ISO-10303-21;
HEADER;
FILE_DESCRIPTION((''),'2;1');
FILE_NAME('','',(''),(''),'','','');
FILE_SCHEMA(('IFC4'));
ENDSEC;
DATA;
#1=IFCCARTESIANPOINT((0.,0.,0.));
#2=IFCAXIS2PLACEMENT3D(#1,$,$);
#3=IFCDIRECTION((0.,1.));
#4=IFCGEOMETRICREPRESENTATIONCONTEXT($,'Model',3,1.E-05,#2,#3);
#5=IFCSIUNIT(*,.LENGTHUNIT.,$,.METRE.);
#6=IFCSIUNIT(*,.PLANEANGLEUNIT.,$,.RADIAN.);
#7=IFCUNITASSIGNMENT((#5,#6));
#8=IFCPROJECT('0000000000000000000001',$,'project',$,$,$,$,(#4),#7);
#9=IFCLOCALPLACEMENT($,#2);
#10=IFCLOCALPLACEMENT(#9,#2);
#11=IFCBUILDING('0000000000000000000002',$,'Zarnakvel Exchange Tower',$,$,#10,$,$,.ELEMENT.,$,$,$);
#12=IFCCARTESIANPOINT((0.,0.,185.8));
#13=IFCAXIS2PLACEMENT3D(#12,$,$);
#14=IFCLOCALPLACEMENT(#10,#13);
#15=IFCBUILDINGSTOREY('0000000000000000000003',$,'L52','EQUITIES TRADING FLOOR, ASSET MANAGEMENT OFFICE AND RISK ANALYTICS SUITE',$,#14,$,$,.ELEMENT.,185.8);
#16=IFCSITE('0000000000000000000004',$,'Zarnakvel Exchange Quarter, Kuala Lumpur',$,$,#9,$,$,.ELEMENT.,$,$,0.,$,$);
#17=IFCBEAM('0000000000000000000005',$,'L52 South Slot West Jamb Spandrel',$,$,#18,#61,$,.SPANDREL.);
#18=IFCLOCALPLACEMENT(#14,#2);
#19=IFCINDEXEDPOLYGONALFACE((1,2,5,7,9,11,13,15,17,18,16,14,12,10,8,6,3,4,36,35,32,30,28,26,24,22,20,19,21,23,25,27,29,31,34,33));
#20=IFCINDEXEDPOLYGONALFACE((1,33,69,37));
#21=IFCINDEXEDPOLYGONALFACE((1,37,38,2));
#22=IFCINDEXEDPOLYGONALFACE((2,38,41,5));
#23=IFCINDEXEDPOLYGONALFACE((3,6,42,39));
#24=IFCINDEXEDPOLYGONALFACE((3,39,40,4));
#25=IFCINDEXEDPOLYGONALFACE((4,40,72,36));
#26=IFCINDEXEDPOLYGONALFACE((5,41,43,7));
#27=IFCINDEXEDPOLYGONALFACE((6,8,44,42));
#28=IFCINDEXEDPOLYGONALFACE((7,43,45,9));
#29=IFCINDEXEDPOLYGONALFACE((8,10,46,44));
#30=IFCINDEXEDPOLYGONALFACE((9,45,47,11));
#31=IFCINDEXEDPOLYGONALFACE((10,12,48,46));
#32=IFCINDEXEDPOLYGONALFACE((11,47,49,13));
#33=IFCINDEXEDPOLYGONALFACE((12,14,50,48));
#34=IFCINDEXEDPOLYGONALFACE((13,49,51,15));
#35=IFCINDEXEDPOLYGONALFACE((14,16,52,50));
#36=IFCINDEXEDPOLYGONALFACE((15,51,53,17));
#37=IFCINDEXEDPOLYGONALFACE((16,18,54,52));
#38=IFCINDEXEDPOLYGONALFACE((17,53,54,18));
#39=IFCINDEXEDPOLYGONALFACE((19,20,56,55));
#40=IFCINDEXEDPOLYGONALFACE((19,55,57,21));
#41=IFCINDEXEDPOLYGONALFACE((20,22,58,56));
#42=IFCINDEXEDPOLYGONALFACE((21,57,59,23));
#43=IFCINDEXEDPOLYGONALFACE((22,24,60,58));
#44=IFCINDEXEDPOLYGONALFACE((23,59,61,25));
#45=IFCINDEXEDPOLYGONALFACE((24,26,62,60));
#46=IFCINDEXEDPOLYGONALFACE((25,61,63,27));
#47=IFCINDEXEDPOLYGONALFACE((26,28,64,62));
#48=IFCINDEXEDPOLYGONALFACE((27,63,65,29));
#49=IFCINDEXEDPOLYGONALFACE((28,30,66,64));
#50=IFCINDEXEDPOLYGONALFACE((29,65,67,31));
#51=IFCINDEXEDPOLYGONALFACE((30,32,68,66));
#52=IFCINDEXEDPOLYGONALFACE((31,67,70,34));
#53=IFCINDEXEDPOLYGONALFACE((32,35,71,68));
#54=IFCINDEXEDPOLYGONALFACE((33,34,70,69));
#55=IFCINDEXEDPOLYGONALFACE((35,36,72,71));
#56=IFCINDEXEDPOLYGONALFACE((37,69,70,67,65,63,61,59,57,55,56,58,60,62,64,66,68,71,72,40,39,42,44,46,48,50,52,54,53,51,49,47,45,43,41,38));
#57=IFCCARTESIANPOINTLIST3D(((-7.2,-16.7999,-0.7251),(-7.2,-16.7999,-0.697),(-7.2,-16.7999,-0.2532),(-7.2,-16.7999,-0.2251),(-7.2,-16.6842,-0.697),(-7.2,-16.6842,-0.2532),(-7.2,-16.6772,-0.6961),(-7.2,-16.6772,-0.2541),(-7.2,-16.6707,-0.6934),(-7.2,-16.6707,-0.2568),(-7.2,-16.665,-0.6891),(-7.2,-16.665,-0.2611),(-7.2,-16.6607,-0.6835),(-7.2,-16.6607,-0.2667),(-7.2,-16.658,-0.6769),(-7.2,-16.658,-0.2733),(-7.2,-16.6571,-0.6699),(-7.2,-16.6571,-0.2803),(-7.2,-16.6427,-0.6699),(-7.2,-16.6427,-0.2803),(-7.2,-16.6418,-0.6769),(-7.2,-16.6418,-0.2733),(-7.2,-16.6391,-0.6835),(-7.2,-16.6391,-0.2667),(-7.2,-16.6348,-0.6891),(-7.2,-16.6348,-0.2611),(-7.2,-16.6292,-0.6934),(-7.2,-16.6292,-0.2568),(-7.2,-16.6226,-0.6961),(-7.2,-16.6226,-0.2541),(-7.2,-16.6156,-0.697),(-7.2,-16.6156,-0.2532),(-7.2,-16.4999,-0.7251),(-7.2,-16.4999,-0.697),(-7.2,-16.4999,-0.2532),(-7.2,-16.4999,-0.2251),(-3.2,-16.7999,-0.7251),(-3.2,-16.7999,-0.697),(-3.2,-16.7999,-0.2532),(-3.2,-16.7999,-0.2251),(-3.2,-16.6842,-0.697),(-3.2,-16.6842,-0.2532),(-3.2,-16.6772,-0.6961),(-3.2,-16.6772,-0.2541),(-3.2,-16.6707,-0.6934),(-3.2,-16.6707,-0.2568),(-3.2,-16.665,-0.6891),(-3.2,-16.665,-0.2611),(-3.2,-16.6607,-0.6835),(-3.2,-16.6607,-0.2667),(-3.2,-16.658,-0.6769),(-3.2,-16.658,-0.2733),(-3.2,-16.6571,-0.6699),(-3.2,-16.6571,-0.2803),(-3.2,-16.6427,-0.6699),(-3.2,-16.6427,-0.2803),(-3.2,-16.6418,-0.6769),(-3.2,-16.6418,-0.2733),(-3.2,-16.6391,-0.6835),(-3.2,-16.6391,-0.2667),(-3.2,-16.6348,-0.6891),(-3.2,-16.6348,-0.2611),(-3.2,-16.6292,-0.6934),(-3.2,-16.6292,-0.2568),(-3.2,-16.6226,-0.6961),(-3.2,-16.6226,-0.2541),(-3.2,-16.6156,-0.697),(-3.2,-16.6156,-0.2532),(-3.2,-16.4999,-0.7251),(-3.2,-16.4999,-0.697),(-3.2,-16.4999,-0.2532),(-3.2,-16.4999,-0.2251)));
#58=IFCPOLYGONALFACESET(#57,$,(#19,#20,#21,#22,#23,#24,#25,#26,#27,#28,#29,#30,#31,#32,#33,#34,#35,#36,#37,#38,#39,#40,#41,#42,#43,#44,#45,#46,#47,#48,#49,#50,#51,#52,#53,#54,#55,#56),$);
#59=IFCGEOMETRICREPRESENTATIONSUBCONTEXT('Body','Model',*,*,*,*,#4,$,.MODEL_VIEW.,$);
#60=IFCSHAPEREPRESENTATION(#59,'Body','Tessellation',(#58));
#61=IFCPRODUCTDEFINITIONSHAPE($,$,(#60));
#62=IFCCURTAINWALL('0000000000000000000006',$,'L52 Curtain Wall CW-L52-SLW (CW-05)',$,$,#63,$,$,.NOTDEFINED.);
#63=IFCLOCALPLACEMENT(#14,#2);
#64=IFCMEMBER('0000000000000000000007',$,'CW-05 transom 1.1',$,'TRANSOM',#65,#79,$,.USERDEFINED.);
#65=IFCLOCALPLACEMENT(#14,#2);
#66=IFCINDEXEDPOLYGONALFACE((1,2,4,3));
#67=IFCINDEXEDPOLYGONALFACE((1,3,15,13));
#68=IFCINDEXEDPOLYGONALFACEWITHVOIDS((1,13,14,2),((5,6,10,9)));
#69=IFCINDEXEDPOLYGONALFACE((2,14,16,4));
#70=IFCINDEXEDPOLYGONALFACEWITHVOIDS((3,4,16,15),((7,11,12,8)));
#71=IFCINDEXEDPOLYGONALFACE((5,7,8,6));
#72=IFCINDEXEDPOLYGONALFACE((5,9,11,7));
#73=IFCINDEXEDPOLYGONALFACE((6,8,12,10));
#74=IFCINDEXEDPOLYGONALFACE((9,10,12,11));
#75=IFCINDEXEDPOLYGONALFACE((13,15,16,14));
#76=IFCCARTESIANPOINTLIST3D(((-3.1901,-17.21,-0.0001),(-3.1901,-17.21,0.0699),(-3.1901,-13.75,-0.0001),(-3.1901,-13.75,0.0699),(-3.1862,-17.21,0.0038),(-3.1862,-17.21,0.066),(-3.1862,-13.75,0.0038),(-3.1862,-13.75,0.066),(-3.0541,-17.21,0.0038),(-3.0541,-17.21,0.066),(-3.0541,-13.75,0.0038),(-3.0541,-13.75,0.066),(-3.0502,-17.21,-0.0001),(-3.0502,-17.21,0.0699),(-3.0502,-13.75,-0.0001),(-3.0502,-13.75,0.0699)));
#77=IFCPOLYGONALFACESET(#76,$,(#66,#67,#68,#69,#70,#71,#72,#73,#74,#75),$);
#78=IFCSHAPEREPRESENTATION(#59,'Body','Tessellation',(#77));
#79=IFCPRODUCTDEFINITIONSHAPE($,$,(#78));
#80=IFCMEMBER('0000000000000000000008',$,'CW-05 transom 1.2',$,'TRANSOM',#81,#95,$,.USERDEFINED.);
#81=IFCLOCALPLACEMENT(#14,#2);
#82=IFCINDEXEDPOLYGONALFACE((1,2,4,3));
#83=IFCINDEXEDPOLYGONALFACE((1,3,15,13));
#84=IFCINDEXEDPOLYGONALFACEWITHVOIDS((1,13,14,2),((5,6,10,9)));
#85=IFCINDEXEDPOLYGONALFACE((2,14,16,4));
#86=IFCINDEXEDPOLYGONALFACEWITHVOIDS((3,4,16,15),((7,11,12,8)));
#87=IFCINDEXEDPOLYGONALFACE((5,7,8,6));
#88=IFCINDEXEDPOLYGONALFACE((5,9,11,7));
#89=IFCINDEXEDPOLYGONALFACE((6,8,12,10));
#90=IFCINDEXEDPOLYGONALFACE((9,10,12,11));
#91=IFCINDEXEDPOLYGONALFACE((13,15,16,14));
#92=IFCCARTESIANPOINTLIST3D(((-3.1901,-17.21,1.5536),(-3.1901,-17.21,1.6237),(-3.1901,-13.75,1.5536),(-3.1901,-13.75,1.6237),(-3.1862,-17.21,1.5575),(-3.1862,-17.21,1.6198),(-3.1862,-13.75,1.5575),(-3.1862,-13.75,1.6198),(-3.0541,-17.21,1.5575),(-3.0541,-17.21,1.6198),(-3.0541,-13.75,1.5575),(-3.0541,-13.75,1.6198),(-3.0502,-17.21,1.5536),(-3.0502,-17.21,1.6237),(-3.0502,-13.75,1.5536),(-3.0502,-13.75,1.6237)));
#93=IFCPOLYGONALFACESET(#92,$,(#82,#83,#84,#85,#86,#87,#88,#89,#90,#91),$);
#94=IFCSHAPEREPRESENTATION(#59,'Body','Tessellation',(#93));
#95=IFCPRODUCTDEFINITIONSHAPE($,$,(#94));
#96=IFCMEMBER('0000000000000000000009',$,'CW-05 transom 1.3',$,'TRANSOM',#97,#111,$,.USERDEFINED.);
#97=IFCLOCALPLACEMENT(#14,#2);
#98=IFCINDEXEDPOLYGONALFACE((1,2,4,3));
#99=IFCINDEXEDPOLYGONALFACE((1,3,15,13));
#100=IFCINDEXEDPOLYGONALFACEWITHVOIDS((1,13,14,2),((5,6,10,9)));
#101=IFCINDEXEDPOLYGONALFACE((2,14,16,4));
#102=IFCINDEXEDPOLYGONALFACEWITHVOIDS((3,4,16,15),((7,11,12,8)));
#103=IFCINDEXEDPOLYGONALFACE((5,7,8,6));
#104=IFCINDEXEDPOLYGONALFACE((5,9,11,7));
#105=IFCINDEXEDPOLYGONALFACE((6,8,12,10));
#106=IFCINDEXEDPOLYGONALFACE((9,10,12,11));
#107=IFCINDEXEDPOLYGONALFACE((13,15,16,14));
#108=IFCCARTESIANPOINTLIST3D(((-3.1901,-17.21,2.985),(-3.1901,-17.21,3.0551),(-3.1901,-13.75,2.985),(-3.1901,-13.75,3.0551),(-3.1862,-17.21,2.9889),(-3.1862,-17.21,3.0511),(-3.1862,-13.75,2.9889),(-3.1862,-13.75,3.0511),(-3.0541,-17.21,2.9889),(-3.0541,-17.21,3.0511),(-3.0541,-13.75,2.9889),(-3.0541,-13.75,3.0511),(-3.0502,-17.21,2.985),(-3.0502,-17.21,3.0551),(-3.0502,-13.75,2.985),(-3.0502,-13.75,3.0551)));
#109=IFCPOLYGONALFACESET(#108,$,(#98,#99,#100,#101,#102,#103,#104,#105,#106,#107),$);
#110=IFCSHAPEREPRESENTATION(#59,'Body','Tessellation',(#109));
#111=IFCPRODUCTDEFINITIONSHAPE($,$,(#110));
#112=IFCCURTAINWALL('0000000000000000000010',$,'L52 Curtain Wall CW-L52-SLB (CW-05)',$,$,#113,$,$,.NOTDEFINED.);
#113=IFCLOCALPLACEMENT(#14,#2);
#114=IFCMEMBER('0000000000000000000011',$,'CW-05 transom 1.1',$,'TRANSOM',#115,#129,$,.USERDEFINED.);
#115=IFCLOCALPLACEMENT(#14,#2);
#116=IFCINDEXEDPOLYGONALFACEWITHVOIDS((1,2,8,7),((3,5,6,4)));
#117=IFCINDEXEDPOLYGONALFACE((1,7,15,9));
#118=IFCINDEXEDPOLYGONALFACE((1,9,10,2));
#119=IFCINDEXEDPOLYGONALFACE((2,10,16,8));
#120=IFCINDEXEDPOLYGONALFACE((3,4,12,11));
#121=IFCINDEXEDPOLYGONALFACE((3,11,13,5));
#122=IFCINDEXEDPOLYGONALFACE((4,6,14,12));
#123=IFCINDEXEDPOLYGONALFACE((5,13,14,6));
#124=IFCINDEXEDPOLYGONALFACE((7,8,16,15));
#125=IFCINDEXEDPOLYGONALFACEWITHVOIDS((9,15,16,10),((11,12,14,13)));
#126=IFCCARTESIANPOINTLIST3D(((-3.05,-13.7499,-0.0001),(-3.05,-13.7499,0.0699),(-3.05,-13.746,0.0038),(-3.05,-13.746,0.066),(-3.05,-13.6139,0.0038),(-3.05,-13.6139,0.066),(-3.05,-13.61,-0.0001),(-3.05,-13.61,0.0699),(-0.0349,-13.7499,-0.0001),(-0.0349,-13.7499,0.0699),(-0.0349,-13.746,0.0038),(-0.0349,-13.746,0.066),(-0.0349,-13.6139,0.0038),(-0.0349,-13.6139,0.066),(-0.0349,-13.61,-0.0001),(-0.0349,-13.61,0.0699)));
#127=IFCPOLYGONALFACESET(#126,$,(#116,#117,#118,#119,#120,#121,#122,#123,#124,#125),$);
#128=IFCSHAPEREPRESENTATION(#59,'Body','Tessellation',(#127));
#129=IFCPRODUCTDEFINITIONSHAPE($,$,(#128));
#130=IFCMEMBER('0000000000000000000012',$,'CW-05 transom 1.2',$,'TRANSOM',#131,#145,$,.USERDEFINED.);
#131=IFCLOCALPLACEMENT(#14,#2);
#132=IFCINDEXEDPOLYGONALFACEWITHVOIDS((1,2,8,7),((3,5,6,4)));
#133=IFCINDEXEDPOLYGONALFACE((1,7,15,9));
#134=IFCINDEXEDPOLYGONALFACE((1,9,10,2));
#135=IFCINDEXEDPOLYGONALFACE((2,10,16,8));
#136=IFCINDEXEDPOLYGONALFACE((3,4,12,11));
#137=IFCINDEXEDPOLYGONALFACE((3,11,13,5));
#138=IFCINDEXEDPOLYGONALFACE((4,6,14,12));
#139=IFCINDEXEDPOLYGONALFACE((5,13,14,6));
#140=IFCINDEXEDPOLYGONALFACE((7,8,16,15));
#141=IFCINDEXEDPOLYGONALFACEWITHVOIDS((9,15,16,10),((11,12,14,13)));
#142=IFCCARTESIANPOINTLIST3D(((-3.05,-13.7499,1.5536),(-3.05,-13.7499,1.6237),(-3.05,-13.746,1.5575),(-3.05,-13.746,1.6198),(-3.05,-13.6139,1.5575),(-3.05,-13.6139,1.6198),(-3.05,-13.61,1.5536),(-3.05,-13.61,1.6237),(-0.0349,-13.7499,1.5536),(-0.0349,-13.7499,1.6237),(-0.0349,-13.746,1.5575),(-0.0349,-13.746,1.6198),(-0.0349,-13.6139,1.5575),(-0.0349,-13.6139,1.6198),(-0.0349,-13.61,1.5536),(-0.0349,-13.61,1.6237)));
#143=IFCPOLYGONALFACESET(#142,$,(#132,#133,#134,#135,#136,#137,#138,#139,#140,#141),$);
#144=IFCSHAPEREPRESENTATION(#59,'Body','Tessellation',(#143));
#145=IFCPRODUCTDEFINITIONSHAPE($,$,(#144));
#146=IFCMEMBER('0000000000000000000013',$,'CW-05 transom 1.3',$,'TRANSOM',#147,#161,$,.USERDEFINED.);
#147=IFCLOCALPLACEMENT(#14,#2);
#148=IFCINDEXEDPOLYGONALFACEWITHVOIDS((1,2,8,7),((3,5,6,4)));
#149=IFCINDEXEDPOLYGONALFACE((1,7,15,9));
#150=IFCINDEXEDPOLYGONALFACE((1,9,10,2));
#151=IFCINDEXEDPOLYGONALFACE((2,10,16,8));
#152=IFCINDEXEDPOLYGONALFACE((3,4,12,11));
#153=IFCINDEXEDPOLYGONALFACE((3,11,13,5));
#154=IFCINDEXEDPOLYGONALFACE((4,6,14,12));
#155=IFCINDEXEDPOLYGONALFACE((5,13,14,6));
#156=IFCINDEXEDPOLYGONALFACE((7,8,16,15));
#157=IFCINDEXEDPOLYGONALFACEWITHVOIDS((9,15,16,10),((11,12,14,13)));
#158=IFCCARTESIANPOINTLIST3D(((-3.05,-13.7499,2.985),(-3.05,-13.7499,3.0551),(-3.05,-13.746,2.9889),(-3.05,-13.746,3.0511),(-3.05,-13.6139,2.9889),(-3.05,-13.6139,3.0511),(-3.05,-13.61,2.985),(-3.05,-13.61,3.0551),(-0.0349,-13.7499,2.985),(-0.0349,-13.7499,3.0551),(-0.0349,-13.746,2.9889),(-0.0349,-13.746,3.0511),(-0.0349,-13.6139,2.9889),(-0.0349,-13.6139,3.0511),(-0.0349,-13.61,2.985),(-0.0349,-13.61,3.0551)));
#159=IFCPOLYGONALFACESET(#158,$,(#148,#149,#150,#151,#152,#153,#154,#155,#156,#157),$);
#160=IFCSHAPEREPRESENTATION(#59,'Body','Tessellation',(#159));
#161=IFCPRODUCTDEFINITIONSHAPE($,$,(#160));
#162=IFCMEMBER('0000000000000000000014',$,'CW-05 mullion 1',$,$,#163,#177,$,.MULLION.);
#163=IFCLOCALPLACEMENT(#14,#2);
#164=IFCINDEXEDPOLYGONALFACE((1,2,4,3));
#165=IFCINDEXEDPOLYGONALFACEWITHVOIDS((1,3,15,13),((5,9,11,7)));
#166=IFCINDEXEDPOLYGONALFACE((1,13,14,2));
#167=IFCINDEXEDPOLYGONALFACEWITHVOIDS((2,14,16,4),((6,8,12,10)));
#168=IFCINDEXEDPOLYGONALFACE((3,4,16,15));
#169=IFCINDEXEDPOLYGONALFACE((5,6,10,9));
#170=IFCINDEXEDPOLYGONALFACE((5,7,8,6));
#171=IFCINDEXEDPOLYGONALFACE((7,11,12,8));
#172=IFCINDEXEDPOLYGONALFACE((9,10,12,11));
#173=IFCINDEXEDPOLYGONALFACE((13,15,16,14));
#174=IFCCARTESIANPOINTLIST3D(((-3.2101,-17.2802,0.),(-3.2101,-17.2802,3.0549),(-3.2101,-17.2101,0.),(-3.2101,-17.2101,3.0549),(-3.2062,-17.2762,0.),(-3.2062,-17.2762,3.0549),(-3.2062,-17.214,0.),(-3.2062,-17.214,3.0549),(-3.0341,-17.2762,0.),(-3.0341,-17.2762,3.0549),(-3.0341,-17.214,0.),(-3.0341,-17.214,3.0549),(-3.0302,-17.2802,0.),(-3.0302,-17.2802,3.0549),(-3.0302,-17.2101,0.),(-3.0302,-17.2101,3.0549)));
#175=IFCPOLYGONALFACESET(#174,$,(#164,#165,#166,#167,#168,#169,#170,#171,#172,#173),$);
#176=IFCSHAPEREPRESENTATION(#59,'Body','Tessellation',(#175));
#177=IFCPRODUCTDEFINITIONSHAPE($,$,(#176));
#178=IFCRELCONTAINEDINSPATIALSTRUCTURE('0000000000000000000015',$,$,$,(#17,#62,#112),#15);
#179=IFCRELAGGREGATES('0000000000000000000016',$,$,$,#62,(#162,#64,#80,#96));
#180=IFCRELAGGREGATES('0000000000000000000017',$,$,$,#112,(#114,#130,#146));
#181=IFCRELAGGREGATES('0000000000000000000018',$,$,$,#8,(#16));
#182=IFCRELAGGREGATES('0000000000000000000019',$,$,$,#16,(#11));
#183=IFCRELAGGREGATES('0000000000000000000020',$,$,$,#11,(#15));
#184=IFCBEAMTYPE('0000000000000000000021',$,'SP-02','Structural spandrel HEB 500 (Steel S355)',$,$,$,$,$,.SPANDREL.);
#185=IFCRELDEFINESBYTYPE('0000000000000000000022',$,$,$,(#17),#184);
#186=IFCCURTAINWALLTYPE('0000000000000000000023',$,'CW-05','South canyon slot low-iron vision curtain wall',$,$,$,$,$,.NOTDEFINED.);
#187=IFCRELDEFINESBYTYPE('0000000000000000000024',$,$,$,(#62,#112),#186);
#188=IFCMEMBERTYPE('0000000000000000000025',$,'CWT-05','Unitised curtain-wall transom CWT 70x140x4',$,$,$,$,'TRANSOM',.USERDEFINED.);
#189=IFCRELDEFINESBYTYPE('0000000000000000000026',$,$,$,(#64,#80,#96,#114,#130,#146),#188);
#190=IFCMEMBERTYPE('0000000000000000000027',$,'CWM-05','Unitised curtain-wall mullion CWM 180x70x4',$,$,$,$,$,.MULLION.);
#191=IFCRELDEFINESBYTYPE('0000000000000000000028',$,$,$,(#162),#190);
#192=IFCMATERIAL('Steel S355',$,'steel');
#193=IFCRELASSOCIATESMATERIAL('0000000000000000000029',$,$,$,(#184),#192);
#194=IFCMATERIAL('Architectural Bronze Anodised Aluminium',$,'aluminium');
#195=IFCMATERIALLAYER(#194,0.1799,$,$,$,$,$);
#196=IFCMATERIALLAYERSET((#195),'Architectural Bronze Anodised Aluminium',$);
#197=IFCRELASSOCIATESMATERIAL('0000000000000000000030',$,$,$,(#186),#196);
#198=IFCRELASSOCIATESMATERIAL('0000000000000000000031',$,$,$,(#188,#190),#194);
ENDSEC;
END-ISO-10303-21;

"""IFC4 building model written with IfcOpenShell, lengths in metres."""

from ifc_helpers import new_model, si_unit, direction, frame, origin, origin_2d, place, context, subcontext, project, spatial, hollow_rectangle, i_section, extrude, source, transform, mapped, material, layer, layer_set, material_profile, profile_set, type_object, element, aggregate, save


model = new_model("IFC4")

# Units and contexts
model_context = context("Model", 3, precision=1e-05, world=origin(), true_north=direction((0.0, 1.0)))
body_context = subcontext(model_context, "Body", "Model", "MODEL_VIEW")
ifc_project = project(units=[si_unit("LENGTHUNIT", "METRE"), si_unit("PLANEANGLEUNIT", "RADIAN")], contexts=[model_context])

# Site, building, storey
site_placement = place(None, origin())
site = spatial("IfcSite", under=ifc_project, at=site_placement, Name="Zarnakvel Exchange Quarter, Kuala Lumpur", CompositionType="ELEMENT", RefElevation=0.0)
building_placement = place(site_placement, origin())
building = spatial("IfcBuilding", under=site, at=building_placement, Name="Zarnakvel Exchange Tower", CompositionType="ELEMENT")
storey_placement = place(building_placement, frame((0.0, 0.0, 185.8)))
storey = spatial("IfcBuildingStorey", under=building, at=storey_placement, Name="L52", Description="EQUITIES TRADING FLOOR, ASSET MANAGEMENT OFFICE AND RISK ANALYTICS SUITE", CompositionType="ELEMENT", Elevation=185.8)

# Beam
ifc_material_1 = material(Name="Steel S355", Category="steel")
ifc_material_profile_1 = material_profile(ifc_material_1, i_section(OverallWidth=0.3, OverallDepth=0.5, WebThickness=0.0144, FlangeThickness=0.0281, FilletRadius=0.0271, at=origin_2d()))
ifc_profile_set_1 = profile_set([ifc_material_profile_1], Name="Steel S355")
beam_type_1 = type_object("IfcBeamType", Name="SP-02", Description="Structural spandrel HEB 500 (Steel S355)", PredefinedType="SPANDREL", material=ifc_profile_set_1)
beam_1_placement = place(storey_placement, frame((-7.2, -16.6499, -0.4751), z_axis=(1.0, 0.0, 0.0), x_axis=(0.0, 1.0, 0.0)))
element("IfcBeam", 1, at=beam_1_placement, inside=storey, type_object=beam_type_1, Name="L52 South Slot West Jamb Spandrel", PredefinedType="SPANDREL", context=body_context, shape_type="SweptSolid", body=[
    extrude(i_section(OverallWidth=0.3, OverallDepth=0.5, WebThickness=0.0144, FlangeThickness=0.0281, FilletRadius=0.0271, at=origin_2d()), origin(), (0.0, 0.0, 1.0), 4.0),
])

# Curtain walls, members
ifc_material_2 = material(Name="Architectural Bronze Anodised Aluminium", Category="aluminium")
ifc_layer_1 = layer(ifc_material_2, 0.1799)
ifc_layer_set_1 = layer_set([ifc_layer_1], Name="Architectural Bronze Anodised Aluminium")
curtain_wall_type = type_object("IfcCurtainWallType", Name="CW-05", Description="South canyon slot low-iron vision curtain wall", PredefinedType="NOTDEFINED", material=ifc_layer_set_1)
curtain_wall_1_placement = place(storey_placement, origin())
curtain_wall_1 = element("IfcCurtainWall", 2, at=curtain_wall_1_placement, inside=storey, type_object=curtain_wall_type, Name="L52 Curtain Wall CW-L52-SLW (CW-05)", PredefinedType="NOTDEFINED")
ifc_material_profile_2 = material_profile(ifc_material_2, hollow_rectangle(XDim=0.1399, YDim=0.0701, WallThickness=0.0039, at=origin_2d()))
ifc_profile_set_2 = profile_set([ifc_material_profile_2], Name="Architectural Bronze Anodised Aluminium")
member_type_1 = type_object("IfcMemberType", Name="CWT-05", Description="Unitised curtain-wall transom CWT 70x140x4", ElementType="TRANSOM", PredefinedType="USERDEFINED", material=ifc_profile_set_2)
shared_shape_1 = source(origin(), body_context, "Body", "SweptSolid", [
    extrude(hollow_rectangle(XDim=0.1399, YDim=0.0701, WallThickness=0.0039, at=origin_2d()), origin(), (0.0, 0.0, 1.0), 3.46),
])
member_1_placement = place(storey_placement, frame((-3.1201, -17.21, 0.0349), z_axis=(0.0, 1.0, 0.0), x_axis=(-1.0, 0.0, 0.0)))
member_1 = element("IfcMember", 3, at=member_1_placement, type_object=member_type_1, Name="CW-05 transom 1.1", ObjectType="TRANSOM", PredefinedType="USERDEFINED", context=body_context, shape_type="MappedRepresentation", body=[
    mapped(shared_shape_1, transform((0.0, 0.0, 0.0), x_axis=(1.0, 0.0, 0.0), y_axis=(0.0, 1.0, 0.0), z_axis=(0.0, 0.0, 1.0), scale=1.0)),
])
member_2_placement = place(storey_placement, frame((-3.1201, -17.21, 1.5886), z_axis=(0.0, 1.0, 0.0), x_axis=(-1.0, 0.0, 0.0)))
member_2 = element("IfcMember", 4, at=member_2_placement, type_object=member_type_1, Name="CW-05 transom 1.2", ObjectType="TRANSOM", PredefinedType="USERDEFINED", context=body_context, shape_type="MappedRepresentation", body=[
    mapped(shared_shape_1, transform((0.0, 0.0, 0.0), x_axis=(1.0, 0.0, 0.0), y_axis=(0.0, 1.0, 0.0), z_axis=(0.0, 0.0, 1.0), scale=1.0)),
])
member_3_placement = place(storey_placement, frame((-3.1201, -17.21, 3.02), z_axis=(0.0, 1.0, 0.0), x_axis=(-1.0, 0.0, 0.0)))
member_3 = element("IfcMember", 5, at=member_3_placement, type_object=member_type_1, Name="CW-05 transom 1.3", ObjectType="TRANSOM", PredefinedType="USERDEFINED", context=body_context, shape_type="MappedRepresentation", body=[
    mapped(shared_shape_1, transform((0.0, 0.0, 0.0), x_axis=(1.0, 0.0, 0.0), y_axis=(0.0, 1.0, 0.0), z_axis=(0.0, 0.0, 1.0), scale=1.0)),
])
curtain_wall_2_placement = place(storey_placement, origin())
curtain_wall_2 = element("IfcCurtainWall", 6, at=curtain_wall_2_placement, inside=storey, type_object=curtain_wall_type, Name="L52 Curtain Wall CW-L52-SLB (CW-05)", PredefinedType="NOTDEFINED")
shared_shape_2 = source(origin(), body_context, "Body", "SweptSolid", [
    extrude(hollow_rectangle(XDim=0.1399, YDim=0.0701, WallThickness=0.0039, at=origin_2d()), origin(), (0.0, 0.0, 1.0), 3.0151),
])
member_4_placement = place(storey_placement, frame((-3.05, -13.6799, 0.0349), z_axis=(1.0, 0.0, 0.0), x_axis=(0.0, 1.0, 0.0)))
member_4 = element("IfcMember", 7, at=member_4_placement, type_object=member_type_1, Name="CW-05 transom 1.1", ObjectType="TRANSOM", PredefinedType="USERDEFINED", context=body_context, shape_type="MappedRepresentation", body=[
    mapped(shared_shape_2, transform((0.0, 0.0, 0.0), x_axis=(1.0, 0.0, 0.0), y_axis=(0.0, 1.0, 0.0), z_axis=(0.0, 0.0, 1.0), scale=1.0)),
])
member_5_placement = place(storey_placement, frame((-3.05, -13.6799, 1.5886), z_axis=(1.0, 0.0, 0.0), x_axis=(0.0, 1.0, 0.0)))
member_5 = element("IfcMember", 8, at=member_5_placement, type_object=member_type_1, Name="CW-05 transom 1.2", ObjectType="TRANSOM", PredefinedType="USERDEFINED", context=body_context, shape_type="MappedRepresentation", body=[
    mapped(shared_shape_2, transform((0.0, 0.0, 0.0), x_axis=(1.0, 0.0, 0.0), y_axis=(0.0, 1.0, 0.0), z_axis=(0.0, 0.0, 1.0), scale=1.0)),
])
member_6_placement = place(storey_placement, frame((-3.05, -13.6799, 3.02), z_axis=(1.0, 0.0, 0.0), x_axis=(0.0, 1.0, 0.0)))
member_6 = element("IfcMember", 9, at=member_6_placement, type_object=member_type_1, Name="CW-05 transom 1.3", ObjectType="TRANSOM", PredefinedType="USERDEFINED", context=body_context, shape_type="MappedRepresentation", body=[
    mapped(shared_shape_2, transform((0.0, 0.0, 0.0), x_axis=(1.0, 0.0, 0.0), y_axis=(0.0, 1.0, 0.0), z_axis=(0.0, 0.0, 1.0), scale=1.0)),
])

# Member
ifc_material_profile_3 = material_profile(ifc_material_2, hollow_rectangle(XDim=0.1799, YDim=0.0701, WallThickness=0.0039, at=origin_2d()))
ifc_profile_set_3 = profile_set([ifc_material_profile_3], Name="Architectural Bronze Anodised Aluminium")
member_type_2 = type_object("IfcMemberType", Name="CWM-05", Description="Unitised curtain-wall mullion CWM 180x70x4", PredefinedType="MULLION", material=ifc_profile_set_3)
shared_shape_3 = source(origin(), body_context, "Body", "SweptSolid", [
    extrude(hollow_rectangle(XDim=0.1799, YDim=0.0701, WallThickness=0.0039, at=origin_2d()), origin(), (0.0, 0.0, 1.0), 3.0549),
])
member_7_placement = place(storey_placement, frame((-3.1201, -17.2451, 0.0), z_axis=(0.0, 0.0, 1.0), x_axis=(-1.0, 0.0, 0.0)))
member_7 = element("IfcMember", 10, at=member_7_placement, type_object=member_type_2, Name="CW-05 mullion 1", PredefinedType="MULLION", context=body_context, shape_type="MappedRepresentation", body=[
    mapped(shared_shape_3, transform((0.0, 0.0, 0.0), x_axis=(1.0, 0.0, 0.0), y_axis=(0.0, 1.0, 0.0), z_axis=(0.0, 0.0, 1.0), scale=1.0)),
])

aggregate(curtain_wall_1, [member_7, member_1, member_2, member_3])
aggregate(curtain_wall_2, [member_4, member_5, member_6])

save(model, "model.ifc")
